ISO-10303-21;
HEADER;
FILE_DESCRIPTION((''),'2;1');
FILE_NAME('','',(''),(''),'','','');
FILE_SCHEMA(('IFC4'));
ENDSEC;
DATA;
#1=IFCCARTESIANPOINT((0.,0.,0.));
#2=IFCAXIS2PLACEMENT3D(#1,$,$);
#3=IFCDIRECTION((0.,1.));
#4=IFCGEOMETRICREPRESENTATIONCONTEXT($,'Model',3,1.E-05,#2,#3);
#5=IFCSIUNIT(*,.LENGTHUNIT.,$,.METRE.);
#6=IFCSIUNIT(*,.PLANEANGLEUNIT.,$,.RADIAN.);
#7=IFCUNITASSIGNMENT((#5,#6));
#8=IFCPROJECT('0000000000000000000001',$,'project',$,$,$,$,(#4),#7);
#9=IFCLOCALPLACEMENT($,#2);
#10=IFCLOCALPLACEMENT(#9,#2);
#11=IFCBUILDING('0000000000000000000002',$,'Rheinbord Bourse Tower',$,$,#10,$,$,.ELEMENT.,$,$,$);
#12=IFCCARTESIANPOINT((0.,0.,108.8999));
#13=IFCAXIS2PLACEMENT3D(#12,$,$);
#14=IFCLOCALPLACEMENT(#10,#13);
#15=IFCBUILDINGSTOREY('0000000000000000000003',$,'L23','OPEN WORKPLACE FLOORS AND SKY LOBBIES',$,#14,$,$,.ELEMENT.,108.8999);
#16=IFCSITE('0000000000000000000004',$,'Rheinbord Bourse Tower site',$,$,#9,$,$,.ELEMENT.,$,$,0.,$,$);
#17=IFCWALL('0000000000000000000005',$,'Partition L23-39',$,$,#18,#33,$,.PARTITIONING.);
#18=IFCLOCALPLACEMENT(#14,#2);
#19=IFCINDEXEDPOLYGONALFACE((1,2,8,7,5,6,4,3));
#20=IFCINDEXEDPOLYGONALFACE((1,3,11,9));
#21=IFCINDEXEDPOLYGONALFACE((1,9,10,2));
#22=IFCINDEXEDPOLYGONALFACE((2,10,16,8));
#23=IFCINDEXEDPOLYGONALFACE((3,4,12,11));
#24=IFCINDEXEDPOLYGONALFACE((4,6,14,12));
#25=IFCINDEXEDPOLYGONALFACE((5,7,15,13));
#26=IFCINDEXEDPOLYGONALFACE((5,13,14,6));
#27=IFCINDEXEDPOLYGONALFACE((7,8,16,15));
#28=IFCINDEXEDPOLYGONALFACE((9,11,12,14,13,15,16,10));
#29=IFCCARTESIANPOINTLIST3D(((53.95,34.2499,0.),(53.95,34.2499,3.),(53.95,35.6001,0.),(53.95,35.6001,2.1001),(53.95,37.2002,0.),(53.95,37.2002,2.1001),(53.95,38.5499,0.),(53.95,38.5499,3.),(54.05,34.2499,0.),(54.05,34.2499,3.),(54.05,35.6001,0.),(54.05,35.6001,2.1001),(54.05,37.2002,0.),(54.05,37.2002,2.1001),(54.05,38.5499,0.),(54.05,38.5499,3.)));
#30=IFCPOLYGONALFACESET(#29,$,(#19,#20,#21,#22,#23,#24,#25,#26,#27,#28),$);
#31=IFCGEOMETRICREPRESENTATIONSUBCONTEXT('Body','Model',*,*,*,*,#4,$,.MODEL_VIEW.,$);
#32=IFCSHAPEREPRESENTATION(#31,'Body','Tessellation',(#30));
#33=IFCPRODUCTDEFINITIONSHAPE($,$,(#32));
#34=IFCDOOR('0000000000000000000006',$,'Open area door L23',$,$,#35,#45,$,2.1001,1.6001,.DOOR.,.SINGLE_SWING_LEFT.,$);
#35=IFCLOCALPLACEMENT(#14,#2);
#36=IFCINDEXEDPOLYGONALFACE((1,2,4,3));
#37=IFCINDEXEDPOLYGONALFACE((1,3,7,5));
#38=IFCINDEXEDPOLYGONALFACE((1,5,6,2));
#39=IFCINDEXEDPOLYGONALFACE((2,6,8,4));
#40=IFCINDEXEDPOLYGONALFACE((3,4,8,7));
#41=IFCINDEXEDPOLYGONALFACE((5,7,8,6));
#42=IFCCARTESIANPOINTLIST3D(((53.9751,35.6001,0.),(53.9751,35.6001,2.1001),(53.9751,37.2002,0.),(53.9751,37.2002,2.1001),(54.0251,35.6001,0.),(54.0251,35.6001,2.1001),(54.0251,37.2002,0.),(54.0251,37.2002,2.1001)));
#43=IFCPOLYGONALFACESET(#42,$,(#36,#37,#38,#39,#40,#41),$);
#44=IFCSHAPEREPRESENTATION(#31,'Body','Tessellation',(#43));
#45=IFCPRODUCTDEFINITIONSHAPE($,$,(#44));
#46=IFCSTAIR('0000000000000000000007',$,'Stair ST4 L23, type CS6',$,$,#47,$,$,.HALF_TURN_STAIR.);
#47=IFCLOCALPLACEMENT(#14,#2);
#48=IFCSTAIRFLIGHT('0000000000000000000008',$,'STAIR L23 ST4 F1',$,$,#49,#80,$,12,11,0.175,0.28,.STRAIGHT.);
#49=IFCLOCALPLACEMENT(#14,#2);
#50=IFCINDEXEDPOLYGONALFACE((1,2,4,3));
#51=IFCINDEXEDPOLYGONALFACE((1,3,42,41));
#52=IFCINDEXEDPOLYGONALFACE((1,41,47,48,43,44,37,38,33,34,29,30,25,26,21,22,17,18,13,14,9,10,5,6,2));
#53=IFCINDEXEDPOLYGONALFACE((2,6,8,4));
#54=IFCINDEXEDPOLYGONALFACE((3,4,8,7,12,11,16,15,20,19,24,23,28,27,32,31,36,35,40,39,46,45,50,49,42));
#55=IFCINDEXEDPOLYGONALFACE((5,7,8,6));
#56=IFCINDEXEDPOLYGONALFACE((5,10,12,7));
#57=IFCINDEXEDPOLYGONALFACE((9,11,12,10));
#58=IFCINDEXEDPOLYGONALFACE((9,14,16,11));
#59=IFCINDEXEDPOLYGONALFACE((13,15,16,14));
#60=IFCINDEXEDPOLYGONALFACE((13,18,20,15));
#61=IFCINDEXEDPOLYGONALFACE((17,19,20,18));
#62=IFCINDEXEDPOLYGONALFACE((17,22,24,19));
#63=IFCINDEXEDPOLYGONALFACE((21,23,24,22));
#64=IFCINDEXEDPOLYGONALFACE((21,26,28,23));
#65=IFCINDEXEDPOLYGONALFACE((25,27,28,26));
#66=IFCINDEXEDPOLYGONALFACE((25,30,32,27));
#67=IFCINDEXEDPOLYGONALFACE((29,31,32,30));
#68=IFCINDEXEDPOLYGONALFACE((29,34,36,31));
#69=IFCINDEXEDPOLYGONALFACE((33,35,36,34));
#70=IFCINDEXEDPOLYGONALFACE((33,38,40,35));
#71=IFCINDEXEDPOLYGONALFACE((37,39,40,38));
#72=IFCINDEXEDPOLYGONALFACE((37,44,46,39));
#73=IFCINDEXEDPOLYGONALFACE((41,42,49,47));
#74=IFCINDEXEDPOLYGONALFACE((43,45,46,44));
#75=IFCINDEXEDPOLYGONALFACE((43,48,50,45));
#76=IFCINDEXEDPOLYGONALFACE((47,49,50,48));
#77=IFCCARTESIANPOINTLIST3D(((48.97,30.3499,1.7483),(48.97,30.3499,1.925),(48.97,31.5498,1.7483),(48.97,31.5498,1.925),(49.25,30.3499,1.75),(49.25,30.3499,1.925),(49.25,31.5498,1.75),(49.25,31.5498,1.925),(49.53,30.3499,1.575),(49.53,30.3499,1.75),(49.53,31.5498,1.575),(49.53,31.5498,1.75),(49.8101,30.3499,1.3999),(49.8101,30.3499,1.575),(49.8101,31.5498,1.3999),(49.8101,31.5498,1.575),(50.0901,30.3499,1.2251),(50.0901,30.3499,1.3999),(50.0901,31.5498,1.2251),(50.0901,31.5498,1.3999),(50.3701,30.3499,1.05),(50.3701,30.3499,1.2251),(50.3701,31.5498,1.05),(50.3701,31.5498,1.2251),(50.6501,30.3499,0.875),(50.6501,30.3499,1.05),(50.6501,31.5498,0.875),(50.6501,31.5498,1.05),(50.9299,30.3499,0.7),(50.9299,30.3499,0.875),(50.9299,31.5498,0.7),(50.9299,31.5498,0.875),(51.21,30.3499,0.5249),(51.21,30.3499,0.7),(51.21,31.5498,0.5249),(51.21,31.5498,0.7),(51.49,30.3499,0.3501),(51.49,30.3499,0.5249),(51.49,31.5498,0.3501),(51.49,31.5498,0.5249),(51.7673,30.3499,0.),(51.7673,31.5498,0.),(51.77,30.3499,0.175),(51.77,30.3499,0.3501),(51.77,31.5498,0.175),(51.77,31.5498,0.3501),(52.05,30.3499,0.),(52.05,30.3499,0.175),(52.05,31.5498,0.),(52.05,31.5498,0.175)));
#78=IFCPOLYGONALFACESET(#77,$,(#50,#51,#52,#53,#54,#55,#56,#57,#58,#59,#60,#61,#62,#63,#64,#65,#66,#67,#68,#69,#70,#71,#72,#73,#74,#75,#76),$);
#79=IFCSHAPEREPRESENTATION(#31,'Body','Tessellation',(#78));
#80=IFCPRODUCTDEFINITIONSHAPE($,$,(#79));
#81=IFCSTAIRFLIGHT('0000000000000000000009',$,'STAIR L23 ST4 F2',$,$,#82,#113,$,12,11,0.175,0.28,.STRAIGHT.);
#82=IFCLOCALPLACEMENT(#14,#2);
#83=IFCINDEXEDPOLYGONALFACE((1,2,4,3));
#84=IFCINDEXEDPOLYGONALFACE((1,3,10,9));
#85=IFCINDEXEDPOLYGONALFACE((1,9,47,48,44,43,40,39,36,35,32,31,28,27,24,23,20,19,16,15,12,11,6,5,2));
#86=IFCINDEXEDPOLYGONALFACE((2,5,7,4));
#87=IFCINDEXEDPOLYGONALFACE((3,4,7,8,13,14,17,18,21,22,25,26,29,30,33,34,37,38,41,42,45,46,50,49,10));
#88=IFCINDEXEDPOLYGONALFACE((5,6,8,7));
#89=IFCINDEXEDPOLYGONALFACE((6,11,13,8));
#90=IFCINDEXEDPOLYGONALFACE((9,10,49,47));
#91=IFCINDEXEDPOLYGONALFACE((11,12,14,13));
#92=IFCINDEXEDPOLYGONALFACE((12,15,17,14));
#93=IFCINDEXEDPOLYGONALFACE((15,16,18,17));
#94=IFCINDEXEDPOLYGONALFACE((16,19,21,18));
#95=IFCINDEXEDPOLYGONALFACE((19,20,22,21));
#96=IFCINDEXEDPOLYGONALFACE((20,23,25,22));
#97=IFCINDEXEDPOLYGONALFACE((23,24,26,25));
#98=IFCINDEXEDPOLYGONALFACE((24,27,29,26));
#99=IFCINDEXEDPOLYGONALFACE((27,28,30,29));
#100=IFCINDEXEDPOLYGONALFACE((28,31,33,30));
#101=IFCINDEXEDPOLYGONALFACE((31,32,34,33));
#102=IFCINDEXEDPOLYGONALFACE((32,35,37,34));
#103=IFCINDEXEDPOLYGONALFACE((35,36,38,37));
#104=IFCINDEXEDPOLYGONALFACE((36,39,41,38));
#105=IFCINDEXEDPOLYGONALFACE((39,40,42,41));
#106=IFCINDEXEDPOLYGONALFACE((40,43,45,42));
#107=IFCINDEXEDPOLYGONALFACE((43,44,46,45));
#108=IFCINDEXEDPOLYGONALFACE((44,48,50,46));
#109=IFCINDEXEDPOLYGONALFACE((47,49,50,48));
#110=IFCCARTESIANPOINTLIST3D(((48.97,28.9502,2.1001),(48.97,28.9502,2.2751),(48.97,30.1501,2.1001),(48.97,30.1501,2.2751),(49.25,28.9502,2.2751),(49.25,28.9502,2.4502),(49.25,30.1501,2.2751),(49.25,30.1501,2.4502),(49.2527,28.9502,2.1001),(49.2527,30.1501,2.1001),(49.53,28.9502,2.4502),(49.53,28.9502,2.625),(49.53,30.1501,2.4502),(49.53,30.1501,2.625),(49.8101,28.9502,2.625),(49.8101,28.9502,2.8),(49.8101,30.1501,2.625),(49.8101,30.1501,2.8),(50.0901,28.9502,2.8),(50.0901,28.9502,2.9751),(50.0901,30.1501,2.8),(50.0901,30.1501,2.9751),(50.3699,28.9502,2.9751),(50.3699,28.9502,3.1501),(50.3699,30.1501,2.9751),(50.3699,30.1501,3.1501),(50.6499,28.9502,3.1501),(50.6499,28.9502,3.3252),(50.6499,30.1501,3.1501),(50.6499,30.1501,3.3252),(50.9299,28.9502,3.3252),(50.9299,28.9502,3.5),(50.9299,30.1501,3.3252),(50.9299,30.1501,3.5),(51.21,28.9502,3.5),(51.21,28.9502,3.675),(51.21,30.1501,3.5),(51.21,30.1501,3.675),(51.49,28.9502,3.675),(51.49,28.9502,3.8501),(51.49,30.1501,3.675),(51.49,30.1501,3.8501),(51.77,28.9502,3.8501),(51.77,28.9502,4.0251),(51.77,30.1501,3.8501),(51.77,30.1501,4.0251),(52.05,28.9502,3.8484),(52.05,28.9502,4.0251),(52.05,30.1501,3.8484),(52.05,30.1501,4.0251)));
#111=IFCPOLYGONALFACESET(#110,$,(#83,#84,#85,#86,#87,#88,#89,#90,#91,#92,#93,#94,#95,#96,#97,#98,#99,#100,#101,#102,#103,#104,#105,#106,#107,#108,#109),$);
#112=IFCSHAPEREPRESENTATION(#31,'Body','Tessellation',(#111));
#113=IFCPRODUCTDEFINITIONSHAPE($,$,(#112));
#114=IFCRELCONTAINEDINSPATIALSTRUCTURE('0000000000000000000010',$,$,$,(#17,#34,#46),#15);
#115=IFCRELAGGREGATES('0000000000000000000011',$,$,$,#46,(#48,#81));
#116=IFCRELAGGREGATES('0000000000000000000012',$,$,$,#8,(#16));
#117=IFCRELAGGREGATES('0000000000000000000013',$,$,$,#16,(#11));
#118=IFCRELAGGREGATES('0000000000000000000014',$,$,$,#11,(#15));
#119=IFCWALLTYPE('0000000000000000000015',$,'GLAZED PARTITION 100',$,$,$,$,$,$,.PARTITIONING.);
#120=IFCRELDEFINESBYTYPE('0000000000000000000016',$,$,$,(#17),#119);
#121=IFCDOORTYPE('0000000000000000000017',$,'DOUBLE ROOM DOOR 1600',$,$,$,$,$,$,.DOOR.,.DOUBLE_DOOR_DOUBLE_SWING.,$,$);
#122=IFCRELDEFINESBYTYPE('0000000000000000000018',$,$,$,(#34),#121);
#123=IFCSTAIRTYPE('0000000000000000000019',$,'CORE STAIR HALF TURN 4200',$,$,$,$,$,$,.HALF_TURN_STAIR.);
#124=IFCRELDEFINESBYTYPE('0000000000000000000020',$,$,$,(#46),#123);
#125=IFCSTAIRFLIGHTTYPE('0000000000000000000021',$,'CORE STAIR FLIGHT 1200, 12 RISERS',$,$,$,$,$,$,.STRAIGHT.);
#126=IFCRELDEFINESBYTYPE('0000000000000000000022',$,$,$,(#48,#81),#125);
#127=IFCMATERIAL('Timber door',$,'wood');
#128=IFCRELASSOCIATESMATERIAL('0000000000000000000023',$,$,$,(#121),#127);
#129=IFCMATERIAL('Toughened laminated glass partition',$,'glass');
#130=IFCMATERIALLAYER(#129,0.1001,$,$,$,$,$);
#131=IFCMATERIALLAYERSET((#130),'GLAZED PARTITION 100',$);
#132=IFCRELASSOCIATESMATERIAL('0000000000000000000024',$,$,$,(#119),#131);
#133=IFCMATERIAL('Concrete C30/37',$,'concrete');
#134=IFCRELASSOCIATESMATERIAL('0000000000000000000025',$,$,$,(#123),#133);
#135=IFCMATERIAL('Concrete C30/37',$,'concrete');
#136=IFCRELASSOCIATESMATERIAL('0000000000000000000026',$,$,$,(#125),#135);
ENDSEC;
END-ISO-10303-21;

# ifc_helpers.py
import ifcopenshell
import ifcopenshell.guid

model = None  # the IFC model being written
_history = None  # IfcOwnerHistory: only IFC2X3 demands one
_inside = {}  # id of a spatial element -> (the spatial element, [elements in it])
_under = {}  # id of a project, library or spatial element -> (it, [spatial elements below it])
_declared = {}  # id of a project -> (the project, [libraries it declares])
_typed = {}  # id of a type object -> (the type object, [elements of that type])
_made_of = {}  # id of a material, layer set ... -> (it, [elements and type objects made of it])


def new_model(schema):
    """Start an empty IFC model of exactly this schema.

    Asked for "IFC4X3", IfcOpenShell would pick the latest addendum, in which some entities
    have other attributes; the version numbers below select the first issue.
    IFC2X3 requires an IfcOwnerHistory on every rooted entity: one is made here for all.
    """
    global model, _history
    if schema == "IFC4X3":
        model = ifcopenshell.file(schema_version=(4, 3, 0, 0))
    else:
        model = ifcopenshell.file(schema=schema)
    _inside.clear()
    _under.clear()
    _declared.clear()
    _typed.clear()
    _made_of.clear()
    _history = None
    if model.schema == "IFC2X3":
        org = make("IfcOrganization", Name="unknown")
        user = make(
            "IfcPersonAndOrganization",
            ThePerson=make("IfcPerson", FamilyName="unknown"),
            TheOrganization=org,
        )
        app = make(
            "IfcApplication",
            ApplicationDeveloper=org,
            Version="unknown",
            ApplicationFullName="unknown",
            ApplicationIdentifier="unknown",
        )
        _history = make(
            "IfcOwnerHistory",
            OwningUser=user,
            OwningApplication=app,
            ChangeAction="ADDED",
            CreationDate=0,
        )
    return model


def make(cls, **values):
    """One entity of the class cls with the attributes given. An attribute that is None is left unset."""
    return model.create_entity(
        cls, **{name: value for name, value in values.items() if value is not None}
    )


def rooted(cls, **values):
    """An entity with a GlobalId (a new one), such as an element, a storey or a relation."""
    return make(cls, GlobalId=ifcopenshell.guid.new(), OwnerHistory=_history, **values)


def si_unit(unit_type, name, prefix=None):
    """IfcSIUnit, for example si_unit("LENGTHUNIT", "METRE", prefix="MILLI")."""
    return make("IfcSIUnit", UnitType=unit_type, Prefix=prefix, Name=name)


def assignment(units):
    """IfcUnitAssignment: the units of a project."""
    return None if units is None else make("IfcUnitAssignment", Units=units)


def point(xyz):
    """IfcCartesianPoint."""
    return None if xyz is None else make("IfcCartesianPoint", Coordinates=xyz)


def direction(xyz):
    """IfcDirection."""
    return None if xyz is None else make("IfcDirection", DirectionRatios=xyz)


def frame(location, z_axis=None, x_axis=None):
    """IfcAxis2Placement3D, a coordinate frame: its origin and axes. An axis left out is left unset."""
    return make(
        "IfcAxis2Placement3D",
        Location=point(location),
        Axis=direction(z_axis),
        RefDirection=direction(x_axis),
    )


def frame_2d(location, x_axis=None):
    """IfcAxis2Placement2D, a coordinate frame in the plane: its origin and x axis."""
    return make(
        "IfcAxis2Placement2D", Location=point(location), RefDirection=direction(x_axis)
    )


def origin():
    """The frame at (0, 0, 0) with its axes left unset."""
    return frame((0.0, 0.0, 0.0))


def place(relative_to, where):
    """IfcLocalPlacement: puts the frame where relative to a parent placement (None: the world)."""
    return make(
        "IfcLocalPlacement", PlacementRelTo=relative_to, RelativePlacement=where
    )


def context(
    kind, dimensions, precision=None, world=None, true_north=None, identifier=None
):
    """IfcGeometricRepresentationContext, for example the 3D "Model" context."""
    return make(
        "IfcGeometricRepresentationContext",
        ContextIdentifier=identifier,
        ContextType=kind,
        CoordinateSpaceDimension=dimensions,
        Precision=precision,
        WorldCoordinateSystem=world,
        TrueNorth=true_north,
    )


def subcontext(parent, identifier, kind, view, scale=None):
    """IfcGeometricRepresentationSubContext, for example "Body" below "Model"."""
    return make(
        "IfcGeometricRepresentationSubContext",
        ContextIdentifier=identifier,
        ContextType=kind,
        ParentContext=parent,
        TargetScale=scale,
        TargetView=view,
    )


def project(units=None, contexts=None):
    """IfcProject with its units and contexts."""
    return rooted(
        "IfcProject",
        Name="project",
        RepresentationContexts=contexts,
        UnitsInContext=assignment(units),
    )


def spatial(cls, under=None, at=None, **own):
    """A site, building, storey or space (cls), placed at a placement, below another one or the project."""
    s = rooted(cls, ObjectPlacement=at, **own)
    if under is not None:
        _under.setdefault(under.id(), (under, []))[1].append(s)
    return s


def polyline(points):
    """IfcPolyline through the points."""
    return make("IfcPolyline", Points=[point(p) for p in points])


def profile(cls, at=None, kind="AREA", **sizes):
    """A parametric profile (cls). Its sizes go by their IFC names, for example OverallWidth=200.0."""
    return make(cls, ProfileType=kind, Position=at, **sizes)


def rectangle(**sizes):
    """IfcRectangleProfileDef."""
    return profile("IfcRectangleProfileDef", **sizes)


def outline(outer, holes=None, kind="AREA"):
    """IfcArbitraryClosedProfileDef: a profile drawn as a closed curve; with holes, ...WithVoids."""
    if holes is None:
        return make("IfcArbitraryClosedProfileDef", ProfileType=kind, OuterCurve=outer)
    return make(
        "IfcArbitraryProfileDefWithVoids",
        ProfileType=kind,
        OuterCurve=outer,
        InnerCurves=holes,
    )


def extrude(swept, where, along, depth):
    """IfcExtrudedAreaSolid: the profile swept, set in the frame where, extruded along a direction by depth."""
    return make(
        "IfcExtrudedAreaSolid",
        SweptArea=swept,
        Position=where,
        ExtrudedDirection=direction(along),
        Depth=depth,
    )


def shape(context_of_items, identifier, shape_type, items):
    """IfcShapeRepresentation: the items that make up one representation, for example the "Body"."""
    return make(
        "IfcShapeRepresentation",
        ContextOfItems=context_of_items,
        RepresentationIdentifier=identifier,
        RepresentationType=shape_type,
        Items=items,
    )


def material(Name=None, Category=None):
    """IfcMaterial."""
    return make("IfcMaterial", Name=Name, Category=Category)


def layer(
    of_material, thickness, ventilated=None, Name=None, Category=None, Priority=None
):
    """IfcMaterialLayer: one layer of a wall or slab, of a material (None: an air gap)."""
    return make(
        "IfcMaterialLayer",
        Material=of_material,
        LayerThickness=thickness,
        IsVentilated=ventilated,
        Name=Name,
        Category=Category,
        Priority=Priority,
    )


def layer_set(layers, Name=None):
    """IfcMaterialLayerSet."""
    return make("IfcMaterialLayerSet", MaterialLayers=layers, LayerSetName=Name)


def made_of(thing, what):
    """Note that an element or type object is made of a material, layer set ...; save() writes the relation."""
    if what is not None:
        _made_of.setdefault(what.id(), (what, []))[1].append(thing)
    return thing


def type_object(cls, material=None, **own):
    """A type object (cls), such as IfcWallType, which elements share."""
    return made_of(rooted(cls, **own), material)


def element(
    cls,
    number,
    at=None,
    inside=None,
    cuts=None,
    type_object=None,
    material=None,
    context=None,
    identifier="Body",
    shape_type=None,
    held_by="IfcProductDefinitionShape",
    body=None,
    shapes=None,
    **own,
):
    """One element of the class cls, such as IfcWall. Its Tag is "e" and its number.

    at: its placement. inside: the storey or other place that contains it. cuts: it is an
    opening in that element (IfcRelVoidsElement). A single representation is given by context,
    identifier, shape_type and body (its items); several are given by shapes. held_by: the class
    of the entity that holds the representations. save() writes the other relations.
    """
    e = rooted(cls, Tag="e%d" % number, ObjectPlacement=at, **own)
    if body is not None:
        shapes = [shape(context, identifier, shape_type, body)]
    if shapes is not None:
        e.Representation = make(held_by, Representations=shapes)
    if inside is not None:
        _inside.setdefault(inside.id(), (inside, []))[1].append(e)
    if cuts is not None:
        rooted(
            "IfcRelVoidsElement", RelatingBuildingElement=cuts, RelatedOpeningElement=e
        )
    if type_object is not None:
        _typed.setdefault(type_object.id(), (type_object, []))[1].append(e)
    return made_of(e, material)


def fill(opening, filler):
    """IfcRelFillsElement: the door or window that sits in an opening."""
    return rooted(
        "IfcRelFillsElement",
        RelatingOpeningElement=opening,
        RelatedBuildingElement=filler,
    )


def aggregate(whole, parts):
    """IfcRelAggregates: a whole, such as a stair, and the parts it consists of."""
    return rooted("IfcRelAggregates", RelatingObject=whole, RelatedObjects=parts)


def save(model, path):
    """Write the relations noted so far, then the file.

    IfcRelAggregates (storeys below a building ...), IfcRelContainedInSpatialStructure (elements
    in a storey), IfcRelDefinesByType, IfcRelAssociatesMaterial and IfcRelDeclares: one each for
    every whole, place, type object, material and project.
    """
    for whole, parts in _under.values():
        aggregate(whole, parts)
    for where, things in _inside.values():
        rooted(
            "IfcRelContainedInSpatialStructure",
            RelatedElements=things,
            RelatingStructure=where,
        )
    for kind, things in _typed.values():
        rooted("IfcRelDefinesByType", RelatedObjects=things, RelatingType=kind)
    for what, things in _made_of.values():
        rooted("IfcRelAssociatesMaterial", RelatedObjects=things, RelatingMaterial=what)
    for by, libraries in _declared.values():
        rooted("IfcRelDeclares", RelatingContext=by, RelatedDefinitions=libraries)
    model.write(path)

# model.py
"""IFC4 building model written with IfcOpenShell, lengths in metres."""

from ifc_helpers import new_model, si_unit, direction, frame, frame_2d, origin, place, context, subcontext, project, spatial, polyline, rectangle, outline, extrude, material, layer, layer_set, type_object, element, fill, aggregate, save


model = new_model("IFC4")

# Units and contexts
model_context = context("Model", 3, precision=1e-05, world=origin(), true_north=direction((0.0, 1.0)))
body_context = subcontext(model_context, "Body", "Model", "MODEL_VIEW")
ifc_project = project(units=[si_unit("LENGTHUNIT", "METRE"), si_unit("PLANEANGLEUNIT", "RADIAN")], contexts=[model_context])

# Site, building, storey
site_placement = place(None, origin())
site = spatial("IfcSite", under=ifc_project, at=site_placement, Name="Rheinbord Bourse Tower site", CompositionType="ELEMENT", RefElevation=0.0)
building_placement = place(site_placement, origin())
building = spatial("IfcBuilding", under=site, at=building_placement, Name="Rheinbord Bourse Tower", CompositionType="ELEMENT")
storey_placement = place(building_placement, frame((0.0, 0.0, 108.8999)))
storey = spatial("IfcBuildingStorey", under=building, at=storey_placement, Name="L23", Description="OPEN WORKPLACE FLOORS AND SKY LOBBIES", CompositionType="ELEMENT", Elevation=108.8999)

# Shared definitions
ifc_material_1 = material(Name="Timber door", Category="wood")
door_type = type_object("IfcDoorType", Name="DOUBLE ROOM DOOR 1600", OperationType="DOUBLE_DOOR_DOUBLE_SWING", PredefinedType="DOOR", material=ifc_material_1)

# Shared definitions
ifc_material_2 = material(Name="Toughened laminated glass partition", Category="glass")
ifc_layer_1 = layer(ifc_material_2, 0.1001)
ifc_layer_set_1 = layer_set([ifc_layer_1], Name="GLAZED PARTITION 100")
wall_type_1 = type_object("IfcWallType", Name="GLAZED PARTITION 100", PredefinedType="PARTITIONING", material=ifc_layer_set_1)

# Wall, opening, door
wall_1_placement = place(storey_placement, frame((54.0, 34.25, 0.0), z_axis=(0.0, 0.0, 1.0), x_axis=(0.0, 1.0, 0.0)))
wall_1 = element("IfcWall", 1, at=wall_1_placement, inside=storey, type_object=wall_type_1, Name="Partition L23-39", PredefinedType="PARTITIONING", context=body_context, shape_type="SweptSolid", body=[
    extrude(rectangle(XDim=4.3, YDim=0.1001, at=frame_2d((2.1499, 0.0))), origin(), (0.0, 0.0, 1.0), 3.0),
])
opening_1_placement = place(wall_1_placement, frame((1.3501, 0.0, 0.0)))
opening_1 = element("IfcOpeningElement", 2, at=opening_1_placement, cuts=wall_1, PredefinedType="OPENING", context=body_context, shape_type="SweptSolid", body=[
    extrude(rectangle(XDim=1.6001, YDim=2.1001, at=frame_2d((0.8, 1.05))), frame((0.0, 0.0601, 0.0), z_axis=(0.0, -1.0, 0.0), x_axis=(1.0, 0.0, 0.0)), (0.0, 0.0, 1.0), 0.1201),
])
door_1_placement = place(opening_1_placement, origin())
door_1 = element("IfcDoor", 3, at=door_1_placement, inside=storey, type_object=door_type, Name="Open area door L23", OperationType="SINGLE_SWING_LEFT", OverallHeight=2.1001, OverallWidth=1.6001, PredefinedType="DOOR", context=body_context, shape_type="SweptSolid", body=[
    extrude(rectangle(XDim=1.6001, YDim=2.1001, at=frame_2d((0.8, 1.05))), frame((0.0, 0.0249, 0.0), z_axis=(0.0, -1.0, 0.0), x_axis=(1.0, 0.0, 0.0)), (0.0, 0.0, 1.0), 0.05),
])
fill(opening_1, door_1)

# Stair, stair flights
ifc_material_3 = material(Name="Concrete C30/37", Category="concrete")
stair_type = type_object("IfcStairType", Name="CORE STAIR HALF TURN 4200", PredefinedType="HALF_TURN_STAIR", material=ifc_material_3)
stair_placement = place(storey_placement, origin())
stair = element("IfcStair", 4, at=stair_placement, inside=storey, type_object=stair_type, Name="Stair ST4 L23, type CS6", PredefinedType="HALF_TURN_STAIR")
ifc_material_4 = material(Name="Concrete C30/37", Category="concrete")
stair_flight_type = type_object("IfcStairFlightType", Name="CORE STAIR FLIGHT 1200, 12 RISERS", PredefinedType="STRAIGHT", material=ifc_material_4)
stair_flight_1_placement = place(storey_placement, frame((52.05, 30.95, 0.0), z_axis=(0.0, 0.0, 1.0), x_axis=(-1.0, 0.0, 0.0)))
stair_flight_1 = element("IfcStairFlight", 5, at=stair_flight_1_placement, type_object=stair_flight_type, Name="STAIR L23 ST4 F1", NumberOfRisers=12, NumberOfTreads=11, PredefinedType="STRAIGHT", RiserHeight=0.175, TreadLength=0.28, context=body_context, shape_type="SweptSolid", body=[
    extrude(outline(polyline([(0.0, 0.0), (0.0, 0.175), (0.28, 0.175), (0.28, 0.3501), (0.5601, 0.3501), (0.5601, 0.5249), (0.8401, 0.5249), (0.8401, 0.7), (1.1201, 0.7), (1.1201, 0.875), (1.3999, 0.875), (1.3999, 1.05), (1.6799, 1.05), (1.6799, 1.2251), (1.96, 1.2251), (1.96, 1.3999), (2.24, 1.3999), (2.24, 1.575), (2.52, 1.575), (2.52, 1.75), (2.8, 1.75), (2.8, 1.925), (3.0801, 1.925), (3.0801, 2.1001), (3.0801, 1.7483), (0.2827, 0.0), (0.0, 0.0)])), frame((0.0, 0.6001, 0.0), z_axis=(0.0, -1.0, 0.0), x_axis=(1.0, 0.0, 0.0)), (0.0, 0.0, 1.0), 1.2),
])
stair_flight_2_placement = place(storey_placement, frame((48.97, 29.55, 2.1001), z_axis=(0.0, 0.0, 1.0), x_axis=(1.0, 0.0, 0.0)))
stair_flight_2 = element("IfcStairFlight", 6, at=stair_flight_2_placement, type_object=stair_flight_type, Name="STAIR L23 ST4 F2", NumberOfRisers=12, NumberOfTreads=11, PredefinedType="STRAIGHT", RiserHeight=0.175, TreadLength=0.28, context=body_context, shape_type="SweptSolid", body=[
    extrude(outline(polyline([(0.0, 0.0), (0.0, 0.175), (0.28, 0.175), (0.28, 0.3501), (0.5601, 0.3501), (0.5601, 0.5249), (0.8401, 0.5249), (0.8401, 0.7), (1.1201, 0.7), (1.1201, 0.875), (1.3999, 0.875), (1.3999, 1.05), (1.6799, 1.05), (1.6799, 1.2251), (1.96, 1.2251), (1.96, 1.3999), (2.24, 1.3999), (2.24, 1.575), (2.52, 1.575), (2.52, 1.75), (2.8, 1.75), (2.8, 1.925), (3.0801, 1.925), (3.0801, 2.1001), (3.0801, 1.7483), (0.2827, 0.0), (0.0, 0.0)])), frame((0.0, 0.6001, 0.0), z_axis=(0.0, -1.0, 0.0), x_axis=(1.0, 0.0, 0.0)), (0.0, 0.0, 1.0), 1.2),
])
aggregate(stair, [stair_flight_1, stair_flight_2])

save(model, "model.ifc")
